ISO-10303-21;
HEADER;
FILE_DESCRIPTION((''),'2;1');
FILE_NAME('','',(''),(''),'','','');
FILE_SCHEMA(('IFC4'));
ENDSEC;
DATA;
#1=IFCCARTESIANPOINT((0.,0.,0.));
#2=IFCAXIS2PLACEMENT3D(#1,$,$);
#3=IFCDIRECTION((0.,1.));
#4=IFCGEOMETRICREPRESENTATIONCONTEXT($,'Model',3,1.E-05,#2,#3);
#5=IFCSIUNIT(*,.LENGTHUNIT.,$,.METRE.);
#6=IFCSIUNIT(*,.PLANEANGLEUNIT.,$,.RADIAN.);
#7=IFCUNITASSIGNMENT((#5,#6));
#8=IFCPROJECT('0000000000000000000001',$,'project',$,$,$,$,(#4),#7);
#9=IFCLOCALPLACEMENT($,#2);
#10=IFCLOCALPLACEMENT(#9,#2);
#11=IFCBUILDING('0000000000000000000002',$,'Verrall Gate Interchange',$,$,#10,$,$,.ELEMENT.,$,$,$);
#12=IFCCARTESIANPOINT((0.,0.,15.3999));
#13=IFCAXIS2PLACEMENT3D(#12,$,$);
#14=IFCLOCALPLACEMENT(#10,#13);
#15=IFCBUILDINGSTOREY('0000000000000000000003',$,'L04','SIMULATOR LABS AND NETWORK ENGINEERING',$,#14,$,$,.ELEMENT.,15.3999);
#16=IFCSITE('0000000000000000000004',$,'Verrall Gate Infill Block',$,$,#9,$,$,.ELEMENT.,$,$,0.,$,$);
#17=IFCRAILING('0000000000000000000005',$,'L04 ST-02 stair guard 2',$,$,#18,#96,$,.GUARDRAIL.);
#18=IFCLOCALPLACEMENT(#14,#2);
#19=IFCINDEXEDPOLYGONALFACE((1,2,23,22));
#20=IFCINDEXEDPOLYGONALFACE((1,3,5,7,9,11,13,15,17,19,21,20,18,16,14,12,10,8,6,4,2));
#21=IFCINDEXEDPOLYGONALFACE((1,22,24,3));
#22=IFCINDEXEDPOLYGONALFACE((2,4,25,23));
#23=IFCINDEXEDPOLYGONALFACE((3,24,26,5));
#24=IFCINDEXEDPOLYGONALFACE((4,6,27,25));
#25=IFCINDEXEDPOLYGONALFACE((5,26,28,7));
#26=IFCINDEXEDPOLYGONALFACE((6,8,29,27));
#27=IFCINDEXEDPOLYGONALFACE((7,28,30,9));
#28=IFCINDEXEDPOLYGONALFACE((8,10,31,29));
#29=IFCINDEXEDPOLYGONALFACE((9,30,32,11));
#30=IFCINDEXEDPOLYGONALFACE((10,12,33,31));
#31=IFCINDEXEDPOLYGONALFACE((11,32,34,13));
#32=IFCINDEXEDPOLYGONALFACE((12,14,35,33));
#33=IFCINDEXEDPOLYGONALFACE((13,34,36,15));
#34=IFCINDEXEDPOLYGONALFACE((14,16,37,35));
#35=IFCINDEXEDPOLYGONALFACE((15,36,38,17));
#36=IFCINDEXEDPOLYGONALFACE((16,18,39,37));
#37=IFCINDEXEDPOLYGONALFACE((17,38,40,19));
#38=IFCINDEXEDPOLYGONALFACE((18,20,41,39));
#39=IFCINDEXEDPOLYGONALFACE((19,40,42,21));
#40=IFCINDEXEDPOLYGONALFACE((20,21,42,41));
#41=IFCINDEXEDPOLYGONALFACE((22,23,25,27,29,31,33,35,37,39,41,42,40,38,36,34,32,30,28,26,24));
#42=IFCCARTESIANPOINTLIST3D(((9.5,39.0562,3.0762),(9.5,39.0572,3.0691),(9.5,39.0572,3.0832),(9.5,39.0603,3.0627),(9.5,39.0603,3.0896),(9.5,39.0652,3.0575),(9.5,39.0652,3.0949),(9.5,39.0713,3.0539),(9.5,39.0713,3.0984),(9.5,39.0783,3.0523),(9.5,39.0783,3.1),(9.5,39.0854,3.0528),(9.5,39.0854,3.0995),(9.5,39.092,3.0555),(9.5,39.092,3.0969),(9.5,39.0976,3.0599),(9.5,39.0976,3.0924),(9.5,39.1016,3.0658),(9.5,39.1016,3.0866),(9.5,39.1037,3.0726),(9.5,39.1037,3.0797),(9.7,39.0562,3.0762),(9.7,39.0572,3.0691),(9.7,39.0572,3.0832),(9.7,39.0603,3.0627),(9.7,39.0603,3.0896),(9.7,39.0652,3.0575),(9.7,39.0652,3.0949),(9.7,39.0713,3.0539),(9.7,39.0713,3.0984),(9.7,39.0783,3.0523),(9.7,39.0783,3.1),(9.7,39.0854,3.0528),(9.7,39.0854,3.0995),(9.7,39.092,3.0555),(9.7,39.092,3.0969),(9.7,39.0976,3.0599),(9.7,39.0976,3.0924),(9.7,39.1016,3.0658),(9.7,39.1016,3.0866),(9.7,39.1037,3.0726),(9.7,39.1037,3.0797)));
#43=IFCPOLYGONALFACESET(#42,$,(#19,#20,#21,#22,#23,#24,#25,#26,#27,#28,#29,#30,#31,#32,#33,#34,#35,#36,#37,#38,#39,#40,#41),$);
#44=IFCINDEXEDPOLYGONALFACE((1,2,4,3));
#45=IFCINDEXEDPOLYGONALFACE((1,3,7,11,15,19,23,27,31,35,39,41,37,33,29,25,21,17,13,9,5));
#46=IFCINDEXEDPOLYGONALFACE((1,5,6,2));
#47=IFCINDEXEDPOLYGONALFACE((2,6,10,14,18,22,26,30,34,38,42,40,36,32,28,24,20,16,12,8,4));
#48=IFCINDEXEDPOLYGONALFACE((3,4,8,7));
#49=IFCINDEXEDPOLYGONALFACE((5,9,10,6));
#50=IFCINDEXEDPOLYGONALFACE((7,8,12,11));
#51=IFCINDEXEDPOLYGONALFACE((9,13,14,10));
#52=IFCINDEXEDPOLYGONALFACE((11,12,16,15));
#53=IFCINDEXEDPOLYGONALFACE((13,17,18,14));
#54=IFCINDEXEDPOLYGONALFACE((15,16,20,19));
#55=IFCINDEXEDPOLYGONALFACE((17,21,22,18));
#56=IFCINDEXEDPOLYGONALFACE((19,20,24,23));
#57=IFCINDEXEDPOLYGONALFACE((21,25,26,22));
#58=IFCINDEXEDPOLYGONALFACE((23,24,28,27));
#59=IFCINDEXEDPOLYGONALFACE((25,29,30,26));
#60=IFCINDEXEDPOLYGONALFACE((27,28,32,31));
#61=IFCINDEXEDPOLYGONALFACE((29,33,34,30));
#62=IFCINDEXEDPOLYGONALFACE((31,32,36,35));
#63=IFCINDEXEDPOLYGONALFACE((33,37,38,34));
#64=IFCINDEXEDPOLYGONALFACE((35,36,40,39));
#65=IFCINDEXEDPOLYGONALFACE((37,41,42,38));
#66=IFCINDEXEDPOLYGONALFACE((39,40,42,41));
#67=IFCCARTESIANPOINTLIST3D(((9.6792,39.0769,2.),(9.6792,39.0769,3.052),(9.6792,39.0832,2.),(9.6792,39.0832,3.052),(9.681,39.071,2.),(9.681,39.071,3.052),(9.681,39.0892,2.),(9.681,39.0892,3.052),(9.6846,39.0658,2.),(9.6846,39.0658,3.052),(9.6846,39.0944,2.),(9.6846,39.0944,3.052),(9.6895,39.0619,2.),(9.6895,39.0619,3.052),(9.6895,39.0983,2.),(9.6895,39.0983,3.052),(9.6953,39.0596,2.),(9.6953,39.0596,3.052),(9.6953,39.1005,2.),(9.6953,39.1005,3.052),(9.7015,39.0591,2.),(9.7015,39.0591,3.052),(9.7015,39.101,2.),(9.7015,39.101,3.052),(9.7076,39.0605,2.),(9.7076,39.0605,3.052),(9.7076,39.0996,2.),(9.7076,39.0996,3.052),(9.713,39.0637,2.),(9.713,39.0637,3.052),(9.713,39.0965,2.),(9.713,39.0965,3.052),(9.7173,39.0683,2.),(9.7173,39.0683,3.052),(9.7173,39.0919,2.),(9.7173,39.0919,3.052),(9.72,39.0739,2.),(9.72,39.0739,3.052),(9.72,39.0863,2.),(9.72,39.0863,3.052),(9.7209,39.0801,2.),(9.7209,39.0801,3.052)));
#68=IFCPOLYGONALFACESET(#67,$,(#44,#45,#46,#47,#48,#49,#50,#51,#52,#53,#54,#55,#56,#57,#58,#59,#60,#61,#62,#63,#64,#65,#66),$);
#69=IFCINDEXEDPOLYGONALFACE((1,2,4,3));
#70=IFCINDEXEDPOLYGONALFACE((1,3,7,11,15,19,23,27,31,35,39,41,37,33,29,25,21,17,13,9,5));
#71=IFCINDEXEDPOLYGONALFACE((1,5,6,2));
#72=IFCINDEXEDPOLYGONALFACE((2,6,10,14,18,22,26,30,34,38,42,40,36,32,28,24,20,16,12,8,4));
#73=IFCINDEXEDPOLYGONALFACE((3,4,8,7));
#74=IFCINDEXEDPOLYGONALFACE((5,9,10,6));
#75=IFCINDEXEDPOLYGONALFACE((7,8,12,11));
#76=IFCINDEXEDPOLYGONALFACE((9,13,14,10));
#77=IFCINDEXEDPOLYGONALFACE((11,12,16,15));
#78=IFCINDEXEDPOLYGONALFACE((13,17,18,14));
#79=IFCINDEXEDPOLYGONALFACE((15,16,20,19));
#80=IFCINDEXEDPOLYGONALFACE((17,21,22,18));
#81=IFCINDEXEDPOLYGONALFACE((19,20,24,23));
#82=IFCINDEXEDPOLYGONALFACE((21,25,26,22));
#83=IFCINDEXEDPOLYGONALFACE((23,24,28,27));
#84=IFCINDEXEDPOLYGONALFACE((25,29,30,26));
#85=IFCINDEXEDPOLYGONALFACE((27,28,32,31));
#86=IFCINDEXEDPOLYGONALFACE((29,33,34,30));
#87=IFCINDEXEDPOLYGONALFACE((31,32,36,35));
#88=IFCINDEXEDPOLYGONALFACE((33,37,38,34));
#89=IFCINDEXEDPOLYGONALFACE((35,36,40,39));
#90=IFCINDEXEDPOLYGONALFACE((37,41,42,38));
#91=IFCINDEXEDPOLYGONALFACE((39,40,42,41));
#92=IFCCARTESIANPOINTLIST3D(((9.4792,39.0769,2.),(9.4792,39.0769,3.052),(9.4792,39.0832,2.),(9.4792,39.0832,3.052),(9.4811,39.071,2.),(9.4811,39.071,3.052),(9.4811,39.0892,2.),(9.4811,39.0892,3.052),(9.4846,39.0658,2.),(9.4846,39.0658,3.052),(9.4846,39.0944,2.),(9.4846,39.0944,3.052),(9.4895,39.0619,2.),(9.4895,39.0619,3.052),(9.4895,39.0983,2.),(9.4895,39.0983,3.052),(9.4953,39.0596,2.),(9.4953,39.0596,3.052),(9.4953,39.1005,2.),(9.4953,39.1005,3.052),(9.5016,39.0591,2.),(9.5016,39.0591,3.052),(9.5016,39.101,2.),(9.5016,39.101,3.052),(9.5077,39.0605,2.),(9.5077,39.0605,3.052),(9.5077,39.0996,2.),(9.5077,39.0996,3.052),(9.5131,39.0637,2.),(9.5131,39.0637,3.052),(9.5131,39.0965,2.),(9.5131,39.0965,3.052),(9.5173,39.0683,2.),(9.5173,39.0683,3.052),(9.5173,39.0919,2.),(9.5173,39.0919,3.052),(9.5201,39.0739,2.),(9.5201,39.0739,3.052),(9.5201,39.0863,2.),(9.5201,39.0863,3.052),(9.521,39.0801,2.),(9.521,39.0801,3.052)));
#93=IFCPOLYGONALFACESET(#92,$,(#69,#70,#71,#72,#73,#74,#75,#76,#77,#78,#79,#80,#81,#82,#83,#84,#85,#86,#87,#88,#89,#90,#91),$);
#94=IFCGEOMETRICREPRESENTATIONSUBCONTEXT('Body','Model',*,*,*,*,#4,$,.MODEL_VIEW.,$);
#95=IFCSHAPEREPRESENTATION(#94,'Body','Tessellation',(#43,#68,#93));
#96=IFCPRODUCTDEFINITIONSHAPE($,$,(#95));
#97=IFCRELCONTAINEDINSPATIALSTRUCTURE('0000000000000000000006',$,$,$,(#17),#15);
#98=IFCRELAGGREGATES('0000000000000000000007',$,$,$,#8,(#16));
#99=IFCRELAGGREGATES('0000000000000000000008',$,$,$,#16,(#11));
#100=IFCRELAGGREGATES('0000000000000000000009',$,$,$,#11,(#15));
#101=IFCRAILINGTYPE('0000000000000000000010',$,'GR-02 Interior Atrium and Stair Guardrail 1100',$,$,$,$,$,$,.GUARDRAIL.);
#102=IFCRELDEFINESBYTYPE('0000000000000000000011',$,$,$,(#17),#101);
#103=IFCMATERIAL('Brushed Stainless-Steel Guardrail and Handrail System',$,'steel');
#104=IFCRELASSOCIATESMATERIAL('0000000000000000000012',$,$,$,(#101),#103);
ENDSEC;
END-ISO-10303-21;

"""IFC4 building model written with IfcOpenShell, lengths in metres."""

from ifc_helpers import new_model, si_unit, direction, frame, origin, origin_2d, place, context, subcontext, project, spatial, circle, extrude, material, type_object, element, save


model = new_model("IFC4")

# Units and contexts
model_context = context("Model", 3, precision=1e-05, world=origin(), true_north=direction((0.0, 1.0)))
body_context = subcontext(model_context, "Body", "Model", "MODEL_VIEW")
ifc_project = project(units=[si_unit("LENGTHUNIT", "METRE"), si_unit("PLANEANGLEUNIT", "RADIAN")], contexts=[model_context])

# Site, building, storey
site_placement = place(None, origin())
site = spatial("IfcSite", under=ifc_project, at=site_placement, Name="Verrall Gate Infill Block", CompositionType="ELEMENT", RefElevation=0.0)
building_placement = place(site_placement, origin())
building = spatial("IfcBuilding", under=site, at=building_placement, Name="Verrall Gate Interchange", CompositionType="ELEMENT")
storey_placement = place(building_placement, frame((0.0, 0.0, 15.3999)))
storey = spatial("IfcBuildingStorey", under=building, at=storey_placement, Name="L04", Description="SIMULATOR LABS AND NETWORK ENGINEERING", CompositionType="ELEMENT", Elevation=15.3999)

# Railing
ifc_material_1 = material(Name="Brushed Stainless-Steel Guardrail and Handrail System", Category="steel")
railing_type_1 = type_object("IfcRailingType", Name="GR-02 Interior Atrium and Stair Guardrail 1100", PredefinedType="GUARDRAIL", material=ifc_material_1)
railing_1_placement = place(storey_placement, frame((9.7, 39.0801, 2.0)))
element("IfcRailing", 1, at=railing_1_placement, inside=storey, type_object=railing_type_1, Name="L04 ST-02 stair guard 2", PredefinedType="GUARDRAIL", context=body_context, shape_type="SweptSolid", body=[
    extrude(circle(Radius=0.0239, at=origin_2d()), frame((0.0, 0.0, 1.0762), z_axis=(-1.0, 0.0, 0.0), x_axis=(0.0, -1.0, 0.0)), (0.0, 0.0, 1.0), 0.2),
    extrude(circle(Radius=0.021, at=origin_2d()), origin(), (0.0, 0.0, 1.0), 1.052),
    extrude(circle(Radius=0.021, at=origin_2d()), frame((-0.2, 0.0, 0.0)), (0.0, 0.0, 1.0), 1.052),
])

save(model, "model.ifc")
